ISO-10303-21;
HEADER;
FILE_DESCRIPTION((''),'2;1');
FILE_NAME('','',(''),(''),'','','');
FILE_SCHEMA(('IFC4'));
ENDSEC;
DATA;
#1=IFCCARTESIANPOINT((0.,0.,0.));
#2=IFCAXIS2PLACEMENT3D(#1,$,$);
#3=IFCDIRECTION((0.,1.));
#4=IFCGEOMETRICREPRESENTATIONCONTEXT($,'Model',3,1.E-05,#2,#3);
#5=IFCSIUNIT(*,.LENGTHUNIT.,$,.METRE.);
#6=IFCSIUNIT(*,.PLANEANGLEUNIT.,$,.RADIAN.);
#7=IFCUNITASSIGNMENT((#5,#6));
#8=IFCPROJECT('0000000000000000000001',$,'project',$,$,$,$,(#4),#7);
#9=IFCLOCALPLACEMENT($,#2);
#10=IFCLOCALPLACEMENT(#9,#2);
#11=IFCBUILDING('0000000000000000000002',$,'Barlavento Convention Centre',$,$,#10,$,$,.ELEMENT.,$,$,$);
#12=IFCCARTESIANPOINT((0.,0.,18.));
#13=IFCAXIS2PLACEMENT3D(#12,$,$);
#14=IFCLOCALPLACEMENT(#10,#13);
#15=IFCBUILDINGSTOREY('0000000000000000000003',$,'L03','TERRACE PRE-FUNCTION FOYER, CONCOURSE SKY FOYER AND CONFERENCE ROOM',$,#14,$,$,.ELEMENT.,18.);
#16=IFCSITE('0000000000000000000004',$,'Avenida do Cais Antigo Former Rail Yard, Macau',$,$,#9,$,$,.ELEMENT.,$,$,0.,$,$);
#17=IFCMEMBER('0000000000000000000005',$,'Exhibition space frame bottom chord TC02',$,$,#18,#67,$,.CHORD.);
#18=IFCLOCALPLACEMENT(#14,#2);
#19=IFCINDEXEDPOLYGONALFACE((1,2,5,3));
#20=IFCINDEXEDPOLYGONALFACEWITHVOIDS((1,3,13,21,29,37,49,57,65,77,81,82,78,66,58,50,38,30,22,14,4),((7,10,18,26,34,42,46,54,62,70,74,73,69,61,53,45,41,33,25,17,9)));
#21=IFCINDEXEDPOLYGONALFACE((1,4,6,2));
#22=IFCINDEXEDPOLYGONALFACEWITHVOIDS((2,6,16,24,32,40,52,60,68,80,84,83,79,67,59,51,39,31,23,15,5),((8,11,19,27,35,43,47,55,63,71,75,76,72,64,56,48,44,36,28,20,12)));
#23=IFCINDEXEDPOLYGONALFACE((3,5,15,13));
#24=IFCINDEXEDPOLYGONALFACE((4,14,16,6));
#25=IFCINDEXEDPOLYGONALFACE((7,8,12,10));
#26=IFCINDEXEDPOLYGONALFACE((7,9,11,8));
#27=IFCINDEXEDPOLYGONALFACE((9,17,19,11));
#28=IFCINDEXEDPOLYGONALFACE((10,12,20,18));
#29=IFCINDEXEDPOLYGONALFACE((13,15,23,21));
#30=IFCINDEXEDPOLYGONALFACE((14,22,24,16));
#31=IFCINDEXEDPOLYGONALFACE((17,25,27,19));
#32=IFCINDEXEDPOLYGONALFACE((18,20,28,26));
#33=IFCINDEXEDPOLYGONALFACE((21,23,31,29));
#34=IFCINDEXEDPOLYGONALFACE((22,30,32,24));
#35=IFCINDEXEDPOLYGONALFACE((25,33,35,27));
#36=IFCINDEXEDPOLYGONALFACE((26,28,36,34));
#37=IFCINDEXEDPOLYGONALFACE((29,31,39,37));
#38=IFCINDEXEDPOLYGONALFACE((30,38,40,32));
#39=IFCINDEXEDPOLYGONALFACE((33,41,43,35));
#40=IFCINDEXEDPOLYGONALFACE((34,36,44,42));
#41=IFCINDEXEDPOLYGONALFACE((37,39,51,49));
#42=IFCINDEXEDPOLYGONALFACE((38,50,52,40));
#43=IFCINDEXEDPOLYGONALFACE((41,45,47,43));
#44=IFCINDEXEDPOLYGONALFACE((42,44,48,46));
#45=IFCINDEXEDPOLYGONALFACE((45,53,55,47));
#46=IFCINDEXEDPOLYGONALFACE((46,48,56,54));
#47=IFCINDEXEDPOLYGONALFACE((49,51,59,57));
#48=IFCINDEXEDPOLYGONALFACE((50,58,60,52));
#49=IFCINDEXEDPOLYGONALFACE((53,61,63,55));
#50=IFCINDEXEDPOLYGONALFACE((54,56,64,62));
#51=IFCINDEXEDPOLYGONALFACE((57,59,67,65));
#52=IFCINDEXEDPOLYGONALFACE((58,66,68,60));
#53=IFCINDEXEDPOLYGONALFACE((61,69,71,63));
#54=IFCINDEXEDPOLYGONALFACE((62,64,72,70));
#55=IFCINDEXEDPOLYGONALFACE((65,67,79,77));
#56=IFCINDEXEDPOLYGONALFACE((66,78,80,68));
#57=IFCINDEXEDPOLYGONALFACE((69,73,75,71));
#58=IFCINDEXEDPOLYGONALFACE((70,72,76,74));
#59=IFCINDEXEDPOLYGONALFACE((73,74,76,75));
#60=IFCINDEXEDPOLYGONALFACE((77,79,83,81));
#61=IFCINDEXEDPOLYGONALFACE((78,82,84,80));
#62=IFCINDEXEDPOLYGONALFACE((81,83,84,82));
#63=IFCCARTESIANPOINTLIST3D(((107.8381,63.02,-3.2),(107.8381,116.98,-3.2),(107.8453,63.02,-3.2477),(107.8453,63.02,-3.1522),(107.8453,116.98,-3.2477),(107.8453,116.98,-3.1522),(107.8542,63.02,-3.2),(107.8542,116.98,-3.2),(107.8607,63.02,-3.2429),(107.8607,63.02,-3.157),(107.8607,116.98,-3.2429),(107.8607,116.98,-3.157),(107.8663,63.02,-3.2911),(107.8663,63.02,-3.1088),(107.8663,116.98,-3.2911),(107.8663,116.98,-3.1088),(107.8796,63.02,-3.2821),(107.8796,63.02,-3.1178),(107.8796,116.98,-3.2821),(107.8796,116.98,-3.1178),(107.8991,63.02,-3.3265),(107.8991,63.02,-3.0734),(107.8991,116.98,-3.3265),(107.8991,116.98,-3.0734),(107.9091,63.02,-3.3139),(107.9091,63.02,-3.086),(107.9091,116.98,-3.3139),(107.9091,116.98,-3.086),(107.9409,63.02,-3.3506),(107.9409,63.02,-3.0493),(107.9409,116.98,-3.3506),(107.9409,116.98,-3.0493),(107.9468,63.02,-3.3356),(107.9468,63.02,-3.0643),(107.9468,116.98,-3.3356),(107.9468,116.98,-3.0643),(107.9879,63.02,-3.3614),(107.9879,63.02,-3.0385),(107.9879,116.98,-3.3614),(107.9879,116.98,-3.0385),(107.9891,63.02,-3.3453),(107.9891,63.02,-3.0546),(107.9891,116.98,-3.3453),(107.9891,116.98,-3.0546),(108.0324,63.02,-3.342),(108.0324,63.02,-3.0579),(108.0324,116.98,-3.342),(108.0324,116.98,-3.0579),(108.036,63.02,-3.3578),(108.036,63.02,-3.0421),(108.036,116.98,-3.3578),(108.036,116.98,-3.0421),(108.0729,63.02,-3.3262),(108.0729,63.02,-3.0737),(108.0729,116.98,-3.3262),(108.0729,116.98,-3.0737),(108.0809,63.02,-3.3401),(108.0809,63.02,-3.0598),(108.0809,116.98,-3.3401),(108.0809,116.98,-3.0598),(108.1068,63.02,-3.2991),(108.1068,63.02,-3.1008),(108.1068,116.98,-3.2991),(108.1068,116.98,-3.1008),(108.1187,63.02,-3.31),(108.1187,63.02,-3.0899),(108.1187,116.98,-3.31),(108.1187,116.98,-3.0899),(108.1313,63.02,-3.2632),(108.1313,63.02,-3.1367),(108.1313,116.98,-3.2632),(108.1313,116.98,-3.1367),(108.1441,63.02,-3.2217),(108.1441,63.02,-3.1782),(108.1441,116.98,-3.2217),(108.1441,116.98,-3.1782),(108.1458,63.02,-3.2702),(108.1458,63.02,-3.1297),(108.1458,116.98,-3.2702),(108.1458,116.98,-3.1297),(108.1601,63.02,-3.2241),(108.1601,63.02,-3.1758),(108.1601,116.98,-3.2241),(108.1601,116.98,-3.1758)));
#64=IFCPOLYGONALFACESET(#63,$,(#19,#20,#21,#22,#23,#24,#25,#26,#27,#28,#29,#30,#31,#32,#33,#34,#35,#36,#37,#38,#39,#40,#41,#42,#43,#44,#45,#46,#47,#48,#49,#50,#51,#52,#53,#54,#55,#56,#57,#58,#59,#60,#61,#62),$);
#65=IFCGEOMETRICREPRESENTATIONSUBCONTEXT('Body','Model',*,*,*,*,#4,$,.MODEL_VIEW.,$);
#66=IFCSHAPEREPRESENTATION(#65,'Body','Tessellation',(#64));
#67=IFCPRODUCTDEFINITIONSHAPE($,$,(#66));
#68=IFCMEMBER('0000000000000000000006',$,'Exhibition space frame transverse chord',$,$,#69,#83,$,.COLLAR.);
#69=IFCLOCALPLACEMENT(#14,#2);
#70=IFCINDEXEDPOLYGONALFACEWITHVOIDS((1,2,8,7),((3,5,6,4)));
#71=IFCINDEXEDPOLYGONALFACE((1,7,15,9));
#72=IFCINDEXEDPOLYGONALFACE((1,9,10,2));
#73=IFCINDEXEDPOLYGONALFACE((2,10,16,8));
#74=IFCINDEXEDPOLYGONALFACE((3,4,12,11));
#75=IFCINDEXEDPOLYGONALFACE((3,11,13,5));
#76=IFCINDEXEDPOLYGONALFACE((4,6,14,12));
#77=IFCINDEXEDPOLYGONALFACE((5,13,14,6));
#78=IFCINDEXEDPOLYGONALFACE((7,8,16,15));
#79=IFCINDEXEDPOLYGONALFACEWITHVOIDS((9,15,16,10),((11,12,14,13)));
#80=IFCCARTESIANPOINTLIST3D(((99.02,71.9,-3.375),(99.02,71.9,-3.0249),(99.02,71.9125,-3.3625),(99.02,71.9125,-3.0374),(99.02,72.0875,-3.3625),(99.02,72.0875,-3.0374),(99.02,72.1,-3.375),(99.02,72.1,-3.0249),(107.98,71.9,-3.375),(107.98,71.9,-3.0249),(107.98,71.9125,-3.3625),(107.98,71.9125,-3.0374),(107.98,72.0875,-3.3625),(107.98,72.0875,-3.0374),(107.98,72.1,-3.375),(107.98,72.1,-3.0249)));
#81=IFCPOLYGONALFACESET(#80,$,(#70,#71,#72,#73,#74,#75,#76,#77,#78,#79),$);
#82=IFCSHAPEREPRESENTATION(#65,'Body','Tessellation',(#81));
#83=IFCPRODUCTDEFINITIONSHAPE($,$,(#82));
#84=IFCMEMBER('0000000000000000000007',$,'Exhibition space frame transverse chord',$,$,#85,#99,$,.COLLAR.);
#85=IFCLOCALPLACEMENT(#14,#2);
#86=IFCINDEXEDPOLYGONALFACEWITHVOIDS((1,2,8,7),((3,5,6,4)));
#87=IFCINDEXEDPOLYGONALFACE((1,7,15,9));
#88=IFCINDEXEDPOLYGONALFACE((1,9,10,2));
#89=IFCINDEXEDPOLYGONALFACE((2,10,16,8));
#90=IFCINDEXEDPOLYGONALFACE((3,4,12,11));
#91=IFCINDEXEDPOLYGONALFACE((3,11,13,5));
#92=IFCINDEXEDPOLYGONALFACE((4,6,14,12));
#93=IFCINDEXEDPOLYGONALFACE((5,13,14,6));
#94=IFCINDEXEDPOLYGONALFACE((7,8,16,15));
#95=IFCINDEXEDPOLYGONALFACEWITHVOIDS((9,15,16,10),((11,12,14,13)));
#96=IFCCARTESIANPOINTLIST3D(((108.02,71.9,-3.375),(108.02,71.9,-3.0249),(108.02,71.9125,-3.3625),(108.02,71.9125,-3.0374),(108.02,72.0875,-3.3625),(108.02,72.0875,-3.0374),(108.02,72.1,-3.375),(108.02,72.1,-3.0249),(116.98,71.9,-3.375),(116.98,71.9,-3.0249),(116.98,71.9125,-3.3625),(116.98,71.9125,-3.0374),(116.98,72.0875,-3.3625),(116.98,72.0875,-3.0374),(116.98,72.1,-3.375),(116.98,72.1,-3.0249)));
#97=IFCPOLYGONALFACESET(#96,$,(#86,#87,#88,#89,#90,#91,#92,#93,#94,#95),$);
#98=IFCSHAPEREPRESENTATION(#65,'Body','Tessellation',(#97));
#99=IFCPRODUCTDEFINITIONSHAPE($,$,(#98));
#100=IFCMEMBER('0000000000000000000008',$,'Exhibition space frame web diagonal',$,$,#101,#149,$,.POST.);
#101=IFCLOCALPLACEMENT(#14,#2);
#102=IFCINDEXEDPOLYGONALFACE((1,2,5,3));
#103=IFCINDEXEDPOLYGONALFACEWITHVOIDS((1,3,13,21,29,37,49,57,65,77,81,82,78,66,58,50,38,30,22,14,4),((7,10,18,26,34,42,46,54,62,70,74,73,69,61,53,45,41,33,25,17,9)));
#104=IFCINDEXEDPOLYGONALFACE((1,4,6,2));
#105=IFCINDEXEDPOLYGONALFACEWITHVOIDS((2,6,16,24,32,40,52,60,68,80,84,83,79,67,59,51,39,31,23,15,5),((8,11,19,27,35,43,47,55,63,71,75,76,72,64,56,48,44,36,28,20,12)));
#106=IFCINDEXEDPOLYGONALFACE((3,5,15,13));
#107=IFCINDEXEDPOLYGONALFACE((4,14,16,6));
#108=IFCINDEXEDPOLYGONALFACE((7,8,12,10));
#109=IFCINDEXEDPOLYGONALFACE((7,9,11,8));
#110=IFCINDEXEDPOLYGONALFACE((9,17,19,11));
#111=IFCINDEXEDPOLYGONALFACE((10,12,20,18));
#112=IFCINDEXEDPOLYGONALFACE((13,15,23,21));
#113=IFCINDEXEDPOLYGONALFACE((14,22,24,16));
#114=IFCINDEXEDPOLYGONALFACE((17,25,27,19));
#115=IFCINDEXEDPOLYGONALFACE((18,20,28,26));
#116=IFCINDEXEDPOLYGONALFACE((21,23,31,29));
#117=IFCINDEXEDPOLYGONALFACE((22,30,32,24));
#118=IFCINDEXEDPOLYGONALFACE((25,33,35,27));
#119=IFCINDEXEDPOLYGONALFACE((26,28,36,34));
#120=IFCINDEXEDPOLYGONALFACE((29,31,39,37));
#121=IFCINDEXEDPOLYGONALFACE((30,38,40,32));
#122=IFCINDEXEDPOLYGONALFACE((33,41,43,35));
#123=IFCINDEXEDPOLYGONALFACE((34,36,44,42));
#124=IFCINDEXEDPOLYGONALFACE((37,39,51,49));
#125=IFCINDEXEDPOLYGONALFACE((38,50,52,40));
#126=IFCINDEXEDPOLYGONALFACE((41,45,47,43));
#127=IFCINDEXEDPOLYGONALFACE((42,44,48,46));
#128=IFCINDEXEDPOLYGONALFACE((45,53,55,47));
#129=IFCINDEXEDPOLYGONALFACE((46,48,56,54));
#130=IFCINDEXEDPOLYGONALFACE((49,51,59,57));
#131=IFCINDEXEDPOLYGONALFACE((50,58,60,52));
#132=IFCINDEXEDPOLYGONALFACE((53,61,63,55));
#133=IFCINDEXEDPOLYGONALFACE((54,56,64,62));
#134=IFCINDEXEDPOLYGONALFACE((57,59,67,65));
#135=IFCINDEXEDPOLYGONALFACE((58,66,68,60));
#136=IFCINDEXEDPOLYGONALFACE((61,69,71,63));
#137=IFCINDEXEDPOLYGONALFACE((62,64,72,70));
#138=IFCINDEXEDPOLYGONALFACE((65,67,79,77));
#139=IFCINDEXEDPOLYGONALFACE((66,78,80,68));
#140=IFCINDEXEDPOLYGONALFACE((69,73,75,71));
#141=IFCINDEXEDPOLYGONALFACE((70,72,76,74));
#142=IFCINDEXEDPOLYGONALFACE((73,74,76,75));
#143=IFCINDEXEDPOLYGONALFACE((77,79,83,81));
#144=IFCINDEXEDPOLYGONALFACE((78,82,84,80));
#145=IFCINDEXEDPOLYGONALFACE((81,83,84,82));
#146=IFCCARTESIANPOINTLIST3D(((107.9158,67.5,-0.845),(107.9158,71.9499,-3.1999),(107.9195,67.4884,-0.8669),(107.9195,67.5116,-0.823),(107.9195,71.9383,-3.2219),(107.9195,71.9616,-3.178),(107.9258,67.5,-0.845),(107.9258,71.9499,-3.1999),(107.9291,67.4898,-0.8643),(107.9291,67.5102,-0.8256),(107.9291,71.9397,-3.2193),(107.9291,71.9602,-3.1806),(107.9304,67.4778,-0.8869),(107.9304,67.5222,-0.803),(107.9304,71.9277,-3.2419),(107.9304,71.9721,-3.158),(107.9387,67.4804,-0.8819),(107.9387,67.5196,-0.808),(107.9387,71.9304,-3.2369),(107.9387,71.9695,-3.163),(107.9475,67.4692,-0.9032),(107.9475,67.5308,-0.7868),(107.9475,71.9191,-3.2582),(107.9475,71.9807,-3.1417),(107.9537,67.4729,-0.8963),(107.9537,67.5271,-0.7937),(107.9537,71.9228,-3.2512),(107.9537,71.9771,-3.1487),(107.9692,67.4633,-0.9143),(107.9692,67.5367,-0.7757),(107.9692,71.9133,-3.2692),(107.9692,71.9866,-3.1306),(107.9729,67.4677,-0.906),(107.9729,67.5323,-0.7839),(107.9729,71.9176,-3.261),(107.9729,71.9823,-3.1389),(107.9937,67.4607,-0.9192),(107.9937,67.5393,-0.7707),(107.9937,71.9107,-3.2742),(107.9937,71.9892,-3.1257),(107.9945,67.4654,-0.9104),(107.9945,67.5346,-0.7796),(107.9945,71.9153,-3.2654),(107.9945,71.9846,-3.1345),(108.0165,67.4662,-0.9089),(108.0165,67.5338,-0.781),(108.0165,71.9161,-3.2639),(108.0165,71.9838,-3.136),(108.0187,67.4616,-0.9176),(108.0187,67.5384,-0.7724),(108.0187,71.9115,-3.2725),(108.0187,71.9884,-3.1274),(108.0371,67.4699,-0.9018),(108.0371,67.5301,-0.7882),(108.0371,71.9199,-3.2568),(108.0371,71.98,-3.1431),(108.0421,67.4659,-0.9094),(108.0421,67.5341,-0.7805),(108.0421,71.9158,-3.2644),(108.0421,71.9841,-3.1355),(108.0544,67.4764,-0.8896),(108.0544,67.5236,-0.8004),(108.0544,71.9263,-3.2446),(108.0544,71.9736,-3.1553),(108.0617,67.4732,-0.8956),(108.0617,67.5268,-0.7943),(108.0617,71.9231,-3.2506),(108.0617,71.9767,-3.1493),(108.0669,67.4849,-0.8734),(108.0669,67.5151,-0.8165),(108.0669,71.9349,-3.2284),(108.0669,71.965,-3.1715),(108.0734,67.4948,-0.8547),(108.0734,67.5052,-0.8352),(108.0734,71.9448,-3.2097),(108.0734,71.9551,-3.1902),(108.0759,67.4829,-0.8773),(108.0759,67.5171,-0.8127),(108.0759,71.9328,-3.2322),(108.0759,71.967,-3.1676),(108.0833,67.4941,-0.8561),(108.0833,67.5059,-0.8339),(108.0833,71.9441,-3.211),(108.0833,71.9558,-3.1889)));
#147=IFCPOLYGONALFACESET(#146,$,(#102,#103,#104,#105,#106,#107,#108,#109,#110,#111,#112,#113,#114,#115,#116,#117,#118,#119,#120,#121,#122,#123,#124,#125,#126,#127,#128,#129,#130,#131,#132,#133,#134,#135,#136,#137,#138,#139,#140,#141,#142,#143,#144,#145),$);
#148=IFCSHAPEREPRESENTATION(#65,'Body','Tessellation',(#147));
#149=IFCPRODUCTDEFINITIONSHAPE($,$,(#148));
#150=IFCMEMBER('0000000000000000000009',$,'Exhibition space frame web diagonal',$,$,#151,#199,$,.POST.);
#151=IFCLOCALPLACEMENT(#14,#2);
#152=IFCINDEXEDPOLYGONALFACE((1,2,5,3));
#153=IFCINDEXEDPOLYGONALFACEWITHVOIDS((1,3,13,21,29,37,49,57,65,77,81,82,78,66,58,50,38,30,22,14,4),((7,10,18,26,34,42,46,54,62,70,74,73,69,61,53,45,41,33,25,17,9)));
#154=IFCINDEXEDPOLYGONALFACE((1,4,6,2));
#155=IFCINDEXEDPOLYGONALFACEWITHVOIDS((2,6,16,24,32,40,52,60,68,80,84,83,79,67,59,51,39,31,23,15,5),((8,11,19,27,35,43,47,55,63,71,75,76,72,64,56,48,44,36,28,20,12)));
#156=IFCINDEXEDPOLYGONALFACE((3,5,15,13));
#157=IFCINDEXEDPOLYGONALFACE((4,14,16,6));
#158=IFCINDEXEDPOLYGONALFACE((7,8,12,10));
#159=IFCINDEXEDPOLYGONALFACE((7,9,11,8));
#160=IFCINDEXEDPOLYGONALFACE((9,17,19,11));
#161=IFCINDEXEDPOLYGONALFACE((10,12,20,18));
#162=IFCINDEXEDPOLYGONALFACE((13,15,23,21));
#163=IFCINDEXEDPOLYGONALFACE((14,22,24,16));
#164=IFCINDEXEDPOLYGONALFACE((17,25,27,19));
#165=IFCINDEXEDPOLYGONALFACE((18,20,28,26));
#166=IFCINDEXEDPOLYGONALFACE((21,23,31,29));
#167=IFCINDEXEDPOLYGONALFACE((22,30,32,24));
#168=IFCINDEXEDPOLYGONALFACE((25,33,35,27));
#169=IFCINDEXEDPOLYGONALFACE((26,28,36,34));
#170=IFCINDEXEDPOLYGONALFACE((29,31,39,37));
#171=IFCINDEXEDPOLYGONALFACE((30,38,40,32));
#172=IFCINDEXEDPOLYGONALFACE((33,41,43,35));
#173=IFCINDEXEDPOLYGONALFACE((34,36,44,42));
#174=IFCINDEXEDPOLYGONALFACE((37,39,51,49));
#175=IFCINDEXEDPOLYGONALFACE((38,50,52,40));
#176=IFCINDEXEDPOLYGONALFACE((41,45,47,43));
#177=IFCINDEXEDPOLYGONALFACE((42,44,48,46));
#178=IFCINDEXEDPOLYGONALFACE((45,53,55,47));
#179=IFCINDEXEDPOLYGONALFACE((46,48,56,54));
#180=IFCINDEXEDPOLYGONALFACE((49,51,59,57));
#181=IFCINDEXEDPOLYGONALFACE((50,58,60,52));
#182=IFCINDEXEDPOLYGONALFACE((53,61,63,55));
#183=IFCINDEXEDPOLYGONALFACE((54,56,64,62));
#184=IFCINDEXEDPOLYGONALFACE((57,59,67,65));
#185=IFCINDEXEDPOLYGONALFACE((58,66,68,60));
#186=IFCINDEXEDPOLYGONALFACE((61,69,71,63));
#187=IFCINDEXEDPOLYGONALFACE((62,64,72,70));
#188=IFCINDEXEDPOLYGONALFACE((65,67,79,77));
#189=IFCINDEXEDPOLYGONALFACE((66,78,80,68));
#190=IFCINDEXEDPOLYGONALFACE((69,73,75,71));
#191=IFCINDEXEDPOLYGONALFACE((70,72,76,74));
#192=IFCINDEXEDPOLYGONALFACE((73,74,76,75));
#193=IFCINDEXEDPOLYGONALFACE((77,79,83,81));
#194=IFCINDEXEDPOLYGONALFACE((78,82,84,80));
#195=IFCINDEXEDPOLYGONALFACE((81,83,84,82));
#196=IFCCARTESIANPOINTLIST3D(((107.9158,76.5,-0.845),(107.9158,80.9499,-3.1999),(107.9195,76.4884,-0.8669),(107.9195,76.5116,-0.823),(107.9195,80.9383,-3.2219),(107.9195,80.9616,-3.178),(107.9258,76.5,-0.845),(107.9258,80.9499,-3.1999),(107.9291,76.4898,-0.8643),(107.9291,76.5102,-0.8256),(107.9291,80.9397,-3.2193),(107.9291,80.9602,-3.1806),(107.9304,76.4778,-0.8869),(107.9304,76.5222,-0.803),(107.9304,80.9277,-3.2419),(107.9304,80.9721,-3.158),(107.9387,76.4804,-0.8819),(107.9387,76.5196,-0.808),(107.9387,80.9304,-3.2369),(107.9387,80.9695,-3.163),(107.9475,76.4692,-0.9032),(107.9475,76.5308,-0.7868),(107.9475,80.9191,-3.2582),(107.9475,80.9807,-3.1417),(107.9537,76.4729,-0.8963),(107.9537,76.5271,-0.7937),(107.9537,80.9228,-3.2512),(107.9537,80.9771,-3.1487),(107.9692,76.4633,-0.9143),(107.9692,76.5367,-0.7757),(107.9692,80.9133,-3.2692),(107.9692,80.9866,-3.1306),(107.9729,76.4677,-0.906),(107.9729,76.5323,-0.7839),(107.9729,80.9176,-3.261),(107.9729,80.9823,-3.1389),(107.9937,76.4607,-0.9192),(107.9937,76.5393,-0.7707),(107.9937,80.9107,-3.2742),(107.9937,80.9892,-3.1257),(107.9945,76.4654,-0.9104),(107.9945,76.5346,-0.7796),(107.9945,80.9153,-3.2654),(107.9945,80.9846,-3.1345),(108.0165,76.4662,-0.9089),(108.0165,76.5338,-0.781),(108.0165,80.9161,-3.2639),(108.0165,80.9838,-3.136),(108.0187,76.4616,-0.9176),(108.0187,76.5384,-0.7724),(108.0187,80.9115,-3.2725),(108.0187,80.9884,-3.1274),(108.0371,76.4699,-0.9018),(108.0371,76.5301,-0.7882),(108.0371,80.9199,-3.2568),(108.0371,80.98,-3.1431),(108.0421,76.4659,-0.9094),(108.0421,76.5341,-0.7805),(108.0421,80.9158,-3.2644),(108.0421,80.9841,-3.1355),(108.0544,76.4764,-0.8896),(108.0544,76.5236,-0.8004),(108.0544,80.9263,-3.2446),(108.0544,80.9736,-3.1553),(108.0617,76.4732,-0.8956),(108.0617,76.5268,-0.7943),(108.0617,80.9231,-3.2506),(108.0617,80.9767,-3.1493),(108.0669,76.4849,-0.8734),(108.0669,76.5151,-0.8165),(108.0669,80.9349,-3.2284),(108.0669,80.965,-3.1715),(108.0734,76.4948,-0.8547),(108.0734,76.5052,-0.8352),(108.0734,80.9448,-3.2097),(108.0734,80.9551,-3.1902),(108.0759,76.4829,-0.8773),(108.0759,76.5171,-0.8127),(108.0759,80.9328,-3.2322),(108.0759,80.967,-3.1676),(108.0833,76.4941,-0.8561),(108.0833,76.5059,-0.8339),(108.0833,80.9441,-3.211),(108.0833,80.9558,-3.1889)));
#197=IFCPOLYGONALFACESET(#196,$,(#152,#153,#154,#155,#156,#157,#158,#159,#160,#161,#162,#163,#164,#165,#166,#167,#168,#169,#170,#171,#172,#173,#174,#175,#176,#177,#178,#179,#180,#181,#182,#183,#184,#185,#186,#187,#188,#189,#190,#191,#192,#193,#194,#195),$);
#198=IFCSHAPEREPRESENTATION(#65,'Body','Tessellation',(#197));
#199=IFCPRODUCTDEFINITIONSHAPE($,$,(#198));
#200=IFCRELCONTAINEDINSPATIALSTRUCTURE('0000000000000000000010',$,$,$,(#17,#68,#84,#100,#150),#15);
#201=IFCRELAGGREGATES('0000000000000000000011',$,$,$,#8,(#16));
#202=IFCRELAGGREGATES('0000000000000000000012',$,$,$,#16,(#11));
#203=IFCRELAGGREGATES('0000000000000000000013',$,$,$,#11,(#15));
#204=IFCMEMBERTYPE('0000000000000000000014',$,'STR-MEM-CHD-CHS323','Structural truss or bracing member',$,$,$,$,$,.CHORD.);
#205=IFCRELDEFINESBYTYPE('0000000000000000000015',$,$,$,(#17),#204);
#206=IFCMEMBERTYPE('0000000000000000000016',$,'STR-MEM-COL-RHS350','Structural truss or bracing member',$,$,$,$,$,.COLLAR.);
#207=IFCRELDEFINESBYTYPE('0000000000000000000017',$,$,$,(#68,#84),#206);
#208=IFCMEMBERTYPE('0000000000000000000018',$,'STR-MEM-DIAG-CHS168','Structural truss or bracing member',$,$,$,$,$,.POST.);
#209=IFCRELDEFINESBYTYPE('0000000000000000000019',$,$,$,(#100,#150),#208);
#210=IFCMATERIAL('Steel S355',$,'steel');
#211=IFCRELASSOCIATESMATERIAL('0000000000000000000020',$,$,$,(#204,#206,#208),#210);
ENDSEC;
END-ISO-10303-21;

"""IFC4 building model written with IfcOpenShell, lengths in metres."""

from ifc_helpers import new_model, si_unit, direction, frame, origin, origin_2d, place, context, subcontext, project, spatial, hollow_rectangle, hollow_circle, extrude, material, material_profile, profile_set, type_object, element, save


model = new_model("IFC4")

# Units and contexts
model_context = context("Model", 3, precision=1e-05, world=origin(), true_north=direction((0.0, 1.0)))
body_context = subcontext(model_context, "Body", "Model", "MODEL_VIEW")
ifc_project = project(units=[si_unit("LENGTHUNIT", "METRE"), si_unit("PLANEANGLEUNIT", "RADIAN")], contexts=[model_context])

# Site, building, storey
site_placement = place(None, origin())
site = spatial("IfcSite", under=ifc_project, at=site_placement, Name="Avenida do Cais Antigo Former Rail Yard, Macau", CompositionType="ELEMENT", RefElevation=0.0)
building_placement = place(site_placement, origin())
building = spatial("IfcBuilding", under=site, at=building_placement, Name="Barlavento Convention Centre", CompositionType="ELEMENT")
storey_placement = place(building_placement, frame((0.0, 0.0, 18.0)))
storey = spatial("IfcBuildingStorey", under=building, at=storey_placement, Name="L03", Description="TERRACE PRE-FUNCTION FOYER, CONCOURSE SKY FOYER AND CONFERENCE ROOM", CompositionType="ELEMENT", Elevation=18.0)

# Shared definitions
ifc_material_1 = material(Name="Steel S355", Category="steel")

# Members
ifc_material_profile_1 = material_profile(ifc_material_1, hollow_circle(Radius=0.1619, WallThickness=0.0161, at=origin_2d()), Name="CHS 323.9x16.0")
ifc_profile_set_1 = profile_set([ifc_material_profile_1], Name="Steel S355")
member_type_1 = type_object("IfcMemberType", Name="STR-MEM-CHD-CHS323", Description="Structural truss or bracing member", PredefinedType="CHORD", material=ifc_profile_set_1)
member_1_placement = place(storey_placement, frame((108.0, 63.02, -3.2), z_axis=(0.0, 1.0, 0.0), x_axis=(-1.0, 0.0, 0.0)))
element("IfcMember", 1, at=member_1_placement, inside=storey, type_object=member_type_1, Name="Exhibition space frame bottom chord TC02", PredefinedType="CHORD", context=body_context, shape_type="SweptSolid", body=[
    extrude(hollow_circle(Radius=0.1619, WallThickness=0.0161, at=origin_2d()), origin(), (0.0, 0.0, 1.0), 53.96),
])
ifc_material_profile_2 = material_profile(ifc_material_1, hollow_rectangle(XDim=0.2, YDim=0.3501, WallThickness=0.0125, at=origin_2d()), Name="RHS 350x200x12.5")
ifc_profile_set_2 = profile_set([ifc_material_profile_2], Name="Steel S355")
member_type_2 = type_object("IfcMemberType", Name="STR-MEM-COL-RHS350", Description="Structural truss or bracing member", PredefinedType="COLLAR", material=ifc_profile_set_2)
for number, where, z_axis, x_axis, name in (
    (2, (99.02, 72.0, -3.2), (1.0, 0.0, 0.0), (0.0, 1.0, 0.0), "Exhibition space frame transverse chord"),
    (3, (108.02, 72.0, -3.2), (1.0, 0.0, 0.0), (0.0, 1.0, 0.0), "Exhibition space frame transverse chord"),
):
    element("IfcMember", number, at=place(storey_placement, frame(where, z_axis=z_axis, x_axis=x_axis)), inside=storey, type_object=member_type_2, Name=name, PredefinedType="COLLAR", context=body_context, shape_type="SweptSolid", body=[
        extrude(hollow_rectangle(XDim=0.2, YDim=0.3501, WallThickness=0.0125, at=origin_2d()), origin(), (0.0, 0.0, 1.0), 8.96),
    ])
ifc_material_profile_3 = material_profile(ifc_material_1, hollow_circle(Radius=0.0842, WallThickness=0.01, at=origin_2d()), Name="CHS 168.3x10.0")
ifc_profile_set_3 = profile_set([ifc_material_profile_3], Name="Steel S355")
member_type_3 = type_object("IfcMemberType", Name="STR-MEM-DIAG-CHS168", Description="Structural truss or bracing member", PredefinedType="POST", material=ifc_profile_set_3)
for number, where, z_axis, x_axis, name in (
    (4, (108.0, 67.5, -0.845), (0.0, 0.88386, -0.467752), (-1.0, 0.0, 0.0), "Exhibition space frame web diagonal"),
    (5, (108.0, 76.5, -0.845), (0.0, 0.88386, -0.467752), (-1.0, 0.0, 0.0), "Exhibition space frame web diagonal"),
):
    element("IfcMember", number, at=place(storey_placement, frame(where, z_axis=z_axis, x_axis=x_axis)), inside=storey, type_object=member_type_3, Name=name, PredefinedType="POST", context=body_context, shape_type="SweptSolid", body=[
        extrude(hollow_circle(Radius=0.0842, WallThickness=0.01, at=origin_2d()), origin(), (0.0, 0.0, 1.0), 5.0347),
    ])

save(model, "model.ifc")
